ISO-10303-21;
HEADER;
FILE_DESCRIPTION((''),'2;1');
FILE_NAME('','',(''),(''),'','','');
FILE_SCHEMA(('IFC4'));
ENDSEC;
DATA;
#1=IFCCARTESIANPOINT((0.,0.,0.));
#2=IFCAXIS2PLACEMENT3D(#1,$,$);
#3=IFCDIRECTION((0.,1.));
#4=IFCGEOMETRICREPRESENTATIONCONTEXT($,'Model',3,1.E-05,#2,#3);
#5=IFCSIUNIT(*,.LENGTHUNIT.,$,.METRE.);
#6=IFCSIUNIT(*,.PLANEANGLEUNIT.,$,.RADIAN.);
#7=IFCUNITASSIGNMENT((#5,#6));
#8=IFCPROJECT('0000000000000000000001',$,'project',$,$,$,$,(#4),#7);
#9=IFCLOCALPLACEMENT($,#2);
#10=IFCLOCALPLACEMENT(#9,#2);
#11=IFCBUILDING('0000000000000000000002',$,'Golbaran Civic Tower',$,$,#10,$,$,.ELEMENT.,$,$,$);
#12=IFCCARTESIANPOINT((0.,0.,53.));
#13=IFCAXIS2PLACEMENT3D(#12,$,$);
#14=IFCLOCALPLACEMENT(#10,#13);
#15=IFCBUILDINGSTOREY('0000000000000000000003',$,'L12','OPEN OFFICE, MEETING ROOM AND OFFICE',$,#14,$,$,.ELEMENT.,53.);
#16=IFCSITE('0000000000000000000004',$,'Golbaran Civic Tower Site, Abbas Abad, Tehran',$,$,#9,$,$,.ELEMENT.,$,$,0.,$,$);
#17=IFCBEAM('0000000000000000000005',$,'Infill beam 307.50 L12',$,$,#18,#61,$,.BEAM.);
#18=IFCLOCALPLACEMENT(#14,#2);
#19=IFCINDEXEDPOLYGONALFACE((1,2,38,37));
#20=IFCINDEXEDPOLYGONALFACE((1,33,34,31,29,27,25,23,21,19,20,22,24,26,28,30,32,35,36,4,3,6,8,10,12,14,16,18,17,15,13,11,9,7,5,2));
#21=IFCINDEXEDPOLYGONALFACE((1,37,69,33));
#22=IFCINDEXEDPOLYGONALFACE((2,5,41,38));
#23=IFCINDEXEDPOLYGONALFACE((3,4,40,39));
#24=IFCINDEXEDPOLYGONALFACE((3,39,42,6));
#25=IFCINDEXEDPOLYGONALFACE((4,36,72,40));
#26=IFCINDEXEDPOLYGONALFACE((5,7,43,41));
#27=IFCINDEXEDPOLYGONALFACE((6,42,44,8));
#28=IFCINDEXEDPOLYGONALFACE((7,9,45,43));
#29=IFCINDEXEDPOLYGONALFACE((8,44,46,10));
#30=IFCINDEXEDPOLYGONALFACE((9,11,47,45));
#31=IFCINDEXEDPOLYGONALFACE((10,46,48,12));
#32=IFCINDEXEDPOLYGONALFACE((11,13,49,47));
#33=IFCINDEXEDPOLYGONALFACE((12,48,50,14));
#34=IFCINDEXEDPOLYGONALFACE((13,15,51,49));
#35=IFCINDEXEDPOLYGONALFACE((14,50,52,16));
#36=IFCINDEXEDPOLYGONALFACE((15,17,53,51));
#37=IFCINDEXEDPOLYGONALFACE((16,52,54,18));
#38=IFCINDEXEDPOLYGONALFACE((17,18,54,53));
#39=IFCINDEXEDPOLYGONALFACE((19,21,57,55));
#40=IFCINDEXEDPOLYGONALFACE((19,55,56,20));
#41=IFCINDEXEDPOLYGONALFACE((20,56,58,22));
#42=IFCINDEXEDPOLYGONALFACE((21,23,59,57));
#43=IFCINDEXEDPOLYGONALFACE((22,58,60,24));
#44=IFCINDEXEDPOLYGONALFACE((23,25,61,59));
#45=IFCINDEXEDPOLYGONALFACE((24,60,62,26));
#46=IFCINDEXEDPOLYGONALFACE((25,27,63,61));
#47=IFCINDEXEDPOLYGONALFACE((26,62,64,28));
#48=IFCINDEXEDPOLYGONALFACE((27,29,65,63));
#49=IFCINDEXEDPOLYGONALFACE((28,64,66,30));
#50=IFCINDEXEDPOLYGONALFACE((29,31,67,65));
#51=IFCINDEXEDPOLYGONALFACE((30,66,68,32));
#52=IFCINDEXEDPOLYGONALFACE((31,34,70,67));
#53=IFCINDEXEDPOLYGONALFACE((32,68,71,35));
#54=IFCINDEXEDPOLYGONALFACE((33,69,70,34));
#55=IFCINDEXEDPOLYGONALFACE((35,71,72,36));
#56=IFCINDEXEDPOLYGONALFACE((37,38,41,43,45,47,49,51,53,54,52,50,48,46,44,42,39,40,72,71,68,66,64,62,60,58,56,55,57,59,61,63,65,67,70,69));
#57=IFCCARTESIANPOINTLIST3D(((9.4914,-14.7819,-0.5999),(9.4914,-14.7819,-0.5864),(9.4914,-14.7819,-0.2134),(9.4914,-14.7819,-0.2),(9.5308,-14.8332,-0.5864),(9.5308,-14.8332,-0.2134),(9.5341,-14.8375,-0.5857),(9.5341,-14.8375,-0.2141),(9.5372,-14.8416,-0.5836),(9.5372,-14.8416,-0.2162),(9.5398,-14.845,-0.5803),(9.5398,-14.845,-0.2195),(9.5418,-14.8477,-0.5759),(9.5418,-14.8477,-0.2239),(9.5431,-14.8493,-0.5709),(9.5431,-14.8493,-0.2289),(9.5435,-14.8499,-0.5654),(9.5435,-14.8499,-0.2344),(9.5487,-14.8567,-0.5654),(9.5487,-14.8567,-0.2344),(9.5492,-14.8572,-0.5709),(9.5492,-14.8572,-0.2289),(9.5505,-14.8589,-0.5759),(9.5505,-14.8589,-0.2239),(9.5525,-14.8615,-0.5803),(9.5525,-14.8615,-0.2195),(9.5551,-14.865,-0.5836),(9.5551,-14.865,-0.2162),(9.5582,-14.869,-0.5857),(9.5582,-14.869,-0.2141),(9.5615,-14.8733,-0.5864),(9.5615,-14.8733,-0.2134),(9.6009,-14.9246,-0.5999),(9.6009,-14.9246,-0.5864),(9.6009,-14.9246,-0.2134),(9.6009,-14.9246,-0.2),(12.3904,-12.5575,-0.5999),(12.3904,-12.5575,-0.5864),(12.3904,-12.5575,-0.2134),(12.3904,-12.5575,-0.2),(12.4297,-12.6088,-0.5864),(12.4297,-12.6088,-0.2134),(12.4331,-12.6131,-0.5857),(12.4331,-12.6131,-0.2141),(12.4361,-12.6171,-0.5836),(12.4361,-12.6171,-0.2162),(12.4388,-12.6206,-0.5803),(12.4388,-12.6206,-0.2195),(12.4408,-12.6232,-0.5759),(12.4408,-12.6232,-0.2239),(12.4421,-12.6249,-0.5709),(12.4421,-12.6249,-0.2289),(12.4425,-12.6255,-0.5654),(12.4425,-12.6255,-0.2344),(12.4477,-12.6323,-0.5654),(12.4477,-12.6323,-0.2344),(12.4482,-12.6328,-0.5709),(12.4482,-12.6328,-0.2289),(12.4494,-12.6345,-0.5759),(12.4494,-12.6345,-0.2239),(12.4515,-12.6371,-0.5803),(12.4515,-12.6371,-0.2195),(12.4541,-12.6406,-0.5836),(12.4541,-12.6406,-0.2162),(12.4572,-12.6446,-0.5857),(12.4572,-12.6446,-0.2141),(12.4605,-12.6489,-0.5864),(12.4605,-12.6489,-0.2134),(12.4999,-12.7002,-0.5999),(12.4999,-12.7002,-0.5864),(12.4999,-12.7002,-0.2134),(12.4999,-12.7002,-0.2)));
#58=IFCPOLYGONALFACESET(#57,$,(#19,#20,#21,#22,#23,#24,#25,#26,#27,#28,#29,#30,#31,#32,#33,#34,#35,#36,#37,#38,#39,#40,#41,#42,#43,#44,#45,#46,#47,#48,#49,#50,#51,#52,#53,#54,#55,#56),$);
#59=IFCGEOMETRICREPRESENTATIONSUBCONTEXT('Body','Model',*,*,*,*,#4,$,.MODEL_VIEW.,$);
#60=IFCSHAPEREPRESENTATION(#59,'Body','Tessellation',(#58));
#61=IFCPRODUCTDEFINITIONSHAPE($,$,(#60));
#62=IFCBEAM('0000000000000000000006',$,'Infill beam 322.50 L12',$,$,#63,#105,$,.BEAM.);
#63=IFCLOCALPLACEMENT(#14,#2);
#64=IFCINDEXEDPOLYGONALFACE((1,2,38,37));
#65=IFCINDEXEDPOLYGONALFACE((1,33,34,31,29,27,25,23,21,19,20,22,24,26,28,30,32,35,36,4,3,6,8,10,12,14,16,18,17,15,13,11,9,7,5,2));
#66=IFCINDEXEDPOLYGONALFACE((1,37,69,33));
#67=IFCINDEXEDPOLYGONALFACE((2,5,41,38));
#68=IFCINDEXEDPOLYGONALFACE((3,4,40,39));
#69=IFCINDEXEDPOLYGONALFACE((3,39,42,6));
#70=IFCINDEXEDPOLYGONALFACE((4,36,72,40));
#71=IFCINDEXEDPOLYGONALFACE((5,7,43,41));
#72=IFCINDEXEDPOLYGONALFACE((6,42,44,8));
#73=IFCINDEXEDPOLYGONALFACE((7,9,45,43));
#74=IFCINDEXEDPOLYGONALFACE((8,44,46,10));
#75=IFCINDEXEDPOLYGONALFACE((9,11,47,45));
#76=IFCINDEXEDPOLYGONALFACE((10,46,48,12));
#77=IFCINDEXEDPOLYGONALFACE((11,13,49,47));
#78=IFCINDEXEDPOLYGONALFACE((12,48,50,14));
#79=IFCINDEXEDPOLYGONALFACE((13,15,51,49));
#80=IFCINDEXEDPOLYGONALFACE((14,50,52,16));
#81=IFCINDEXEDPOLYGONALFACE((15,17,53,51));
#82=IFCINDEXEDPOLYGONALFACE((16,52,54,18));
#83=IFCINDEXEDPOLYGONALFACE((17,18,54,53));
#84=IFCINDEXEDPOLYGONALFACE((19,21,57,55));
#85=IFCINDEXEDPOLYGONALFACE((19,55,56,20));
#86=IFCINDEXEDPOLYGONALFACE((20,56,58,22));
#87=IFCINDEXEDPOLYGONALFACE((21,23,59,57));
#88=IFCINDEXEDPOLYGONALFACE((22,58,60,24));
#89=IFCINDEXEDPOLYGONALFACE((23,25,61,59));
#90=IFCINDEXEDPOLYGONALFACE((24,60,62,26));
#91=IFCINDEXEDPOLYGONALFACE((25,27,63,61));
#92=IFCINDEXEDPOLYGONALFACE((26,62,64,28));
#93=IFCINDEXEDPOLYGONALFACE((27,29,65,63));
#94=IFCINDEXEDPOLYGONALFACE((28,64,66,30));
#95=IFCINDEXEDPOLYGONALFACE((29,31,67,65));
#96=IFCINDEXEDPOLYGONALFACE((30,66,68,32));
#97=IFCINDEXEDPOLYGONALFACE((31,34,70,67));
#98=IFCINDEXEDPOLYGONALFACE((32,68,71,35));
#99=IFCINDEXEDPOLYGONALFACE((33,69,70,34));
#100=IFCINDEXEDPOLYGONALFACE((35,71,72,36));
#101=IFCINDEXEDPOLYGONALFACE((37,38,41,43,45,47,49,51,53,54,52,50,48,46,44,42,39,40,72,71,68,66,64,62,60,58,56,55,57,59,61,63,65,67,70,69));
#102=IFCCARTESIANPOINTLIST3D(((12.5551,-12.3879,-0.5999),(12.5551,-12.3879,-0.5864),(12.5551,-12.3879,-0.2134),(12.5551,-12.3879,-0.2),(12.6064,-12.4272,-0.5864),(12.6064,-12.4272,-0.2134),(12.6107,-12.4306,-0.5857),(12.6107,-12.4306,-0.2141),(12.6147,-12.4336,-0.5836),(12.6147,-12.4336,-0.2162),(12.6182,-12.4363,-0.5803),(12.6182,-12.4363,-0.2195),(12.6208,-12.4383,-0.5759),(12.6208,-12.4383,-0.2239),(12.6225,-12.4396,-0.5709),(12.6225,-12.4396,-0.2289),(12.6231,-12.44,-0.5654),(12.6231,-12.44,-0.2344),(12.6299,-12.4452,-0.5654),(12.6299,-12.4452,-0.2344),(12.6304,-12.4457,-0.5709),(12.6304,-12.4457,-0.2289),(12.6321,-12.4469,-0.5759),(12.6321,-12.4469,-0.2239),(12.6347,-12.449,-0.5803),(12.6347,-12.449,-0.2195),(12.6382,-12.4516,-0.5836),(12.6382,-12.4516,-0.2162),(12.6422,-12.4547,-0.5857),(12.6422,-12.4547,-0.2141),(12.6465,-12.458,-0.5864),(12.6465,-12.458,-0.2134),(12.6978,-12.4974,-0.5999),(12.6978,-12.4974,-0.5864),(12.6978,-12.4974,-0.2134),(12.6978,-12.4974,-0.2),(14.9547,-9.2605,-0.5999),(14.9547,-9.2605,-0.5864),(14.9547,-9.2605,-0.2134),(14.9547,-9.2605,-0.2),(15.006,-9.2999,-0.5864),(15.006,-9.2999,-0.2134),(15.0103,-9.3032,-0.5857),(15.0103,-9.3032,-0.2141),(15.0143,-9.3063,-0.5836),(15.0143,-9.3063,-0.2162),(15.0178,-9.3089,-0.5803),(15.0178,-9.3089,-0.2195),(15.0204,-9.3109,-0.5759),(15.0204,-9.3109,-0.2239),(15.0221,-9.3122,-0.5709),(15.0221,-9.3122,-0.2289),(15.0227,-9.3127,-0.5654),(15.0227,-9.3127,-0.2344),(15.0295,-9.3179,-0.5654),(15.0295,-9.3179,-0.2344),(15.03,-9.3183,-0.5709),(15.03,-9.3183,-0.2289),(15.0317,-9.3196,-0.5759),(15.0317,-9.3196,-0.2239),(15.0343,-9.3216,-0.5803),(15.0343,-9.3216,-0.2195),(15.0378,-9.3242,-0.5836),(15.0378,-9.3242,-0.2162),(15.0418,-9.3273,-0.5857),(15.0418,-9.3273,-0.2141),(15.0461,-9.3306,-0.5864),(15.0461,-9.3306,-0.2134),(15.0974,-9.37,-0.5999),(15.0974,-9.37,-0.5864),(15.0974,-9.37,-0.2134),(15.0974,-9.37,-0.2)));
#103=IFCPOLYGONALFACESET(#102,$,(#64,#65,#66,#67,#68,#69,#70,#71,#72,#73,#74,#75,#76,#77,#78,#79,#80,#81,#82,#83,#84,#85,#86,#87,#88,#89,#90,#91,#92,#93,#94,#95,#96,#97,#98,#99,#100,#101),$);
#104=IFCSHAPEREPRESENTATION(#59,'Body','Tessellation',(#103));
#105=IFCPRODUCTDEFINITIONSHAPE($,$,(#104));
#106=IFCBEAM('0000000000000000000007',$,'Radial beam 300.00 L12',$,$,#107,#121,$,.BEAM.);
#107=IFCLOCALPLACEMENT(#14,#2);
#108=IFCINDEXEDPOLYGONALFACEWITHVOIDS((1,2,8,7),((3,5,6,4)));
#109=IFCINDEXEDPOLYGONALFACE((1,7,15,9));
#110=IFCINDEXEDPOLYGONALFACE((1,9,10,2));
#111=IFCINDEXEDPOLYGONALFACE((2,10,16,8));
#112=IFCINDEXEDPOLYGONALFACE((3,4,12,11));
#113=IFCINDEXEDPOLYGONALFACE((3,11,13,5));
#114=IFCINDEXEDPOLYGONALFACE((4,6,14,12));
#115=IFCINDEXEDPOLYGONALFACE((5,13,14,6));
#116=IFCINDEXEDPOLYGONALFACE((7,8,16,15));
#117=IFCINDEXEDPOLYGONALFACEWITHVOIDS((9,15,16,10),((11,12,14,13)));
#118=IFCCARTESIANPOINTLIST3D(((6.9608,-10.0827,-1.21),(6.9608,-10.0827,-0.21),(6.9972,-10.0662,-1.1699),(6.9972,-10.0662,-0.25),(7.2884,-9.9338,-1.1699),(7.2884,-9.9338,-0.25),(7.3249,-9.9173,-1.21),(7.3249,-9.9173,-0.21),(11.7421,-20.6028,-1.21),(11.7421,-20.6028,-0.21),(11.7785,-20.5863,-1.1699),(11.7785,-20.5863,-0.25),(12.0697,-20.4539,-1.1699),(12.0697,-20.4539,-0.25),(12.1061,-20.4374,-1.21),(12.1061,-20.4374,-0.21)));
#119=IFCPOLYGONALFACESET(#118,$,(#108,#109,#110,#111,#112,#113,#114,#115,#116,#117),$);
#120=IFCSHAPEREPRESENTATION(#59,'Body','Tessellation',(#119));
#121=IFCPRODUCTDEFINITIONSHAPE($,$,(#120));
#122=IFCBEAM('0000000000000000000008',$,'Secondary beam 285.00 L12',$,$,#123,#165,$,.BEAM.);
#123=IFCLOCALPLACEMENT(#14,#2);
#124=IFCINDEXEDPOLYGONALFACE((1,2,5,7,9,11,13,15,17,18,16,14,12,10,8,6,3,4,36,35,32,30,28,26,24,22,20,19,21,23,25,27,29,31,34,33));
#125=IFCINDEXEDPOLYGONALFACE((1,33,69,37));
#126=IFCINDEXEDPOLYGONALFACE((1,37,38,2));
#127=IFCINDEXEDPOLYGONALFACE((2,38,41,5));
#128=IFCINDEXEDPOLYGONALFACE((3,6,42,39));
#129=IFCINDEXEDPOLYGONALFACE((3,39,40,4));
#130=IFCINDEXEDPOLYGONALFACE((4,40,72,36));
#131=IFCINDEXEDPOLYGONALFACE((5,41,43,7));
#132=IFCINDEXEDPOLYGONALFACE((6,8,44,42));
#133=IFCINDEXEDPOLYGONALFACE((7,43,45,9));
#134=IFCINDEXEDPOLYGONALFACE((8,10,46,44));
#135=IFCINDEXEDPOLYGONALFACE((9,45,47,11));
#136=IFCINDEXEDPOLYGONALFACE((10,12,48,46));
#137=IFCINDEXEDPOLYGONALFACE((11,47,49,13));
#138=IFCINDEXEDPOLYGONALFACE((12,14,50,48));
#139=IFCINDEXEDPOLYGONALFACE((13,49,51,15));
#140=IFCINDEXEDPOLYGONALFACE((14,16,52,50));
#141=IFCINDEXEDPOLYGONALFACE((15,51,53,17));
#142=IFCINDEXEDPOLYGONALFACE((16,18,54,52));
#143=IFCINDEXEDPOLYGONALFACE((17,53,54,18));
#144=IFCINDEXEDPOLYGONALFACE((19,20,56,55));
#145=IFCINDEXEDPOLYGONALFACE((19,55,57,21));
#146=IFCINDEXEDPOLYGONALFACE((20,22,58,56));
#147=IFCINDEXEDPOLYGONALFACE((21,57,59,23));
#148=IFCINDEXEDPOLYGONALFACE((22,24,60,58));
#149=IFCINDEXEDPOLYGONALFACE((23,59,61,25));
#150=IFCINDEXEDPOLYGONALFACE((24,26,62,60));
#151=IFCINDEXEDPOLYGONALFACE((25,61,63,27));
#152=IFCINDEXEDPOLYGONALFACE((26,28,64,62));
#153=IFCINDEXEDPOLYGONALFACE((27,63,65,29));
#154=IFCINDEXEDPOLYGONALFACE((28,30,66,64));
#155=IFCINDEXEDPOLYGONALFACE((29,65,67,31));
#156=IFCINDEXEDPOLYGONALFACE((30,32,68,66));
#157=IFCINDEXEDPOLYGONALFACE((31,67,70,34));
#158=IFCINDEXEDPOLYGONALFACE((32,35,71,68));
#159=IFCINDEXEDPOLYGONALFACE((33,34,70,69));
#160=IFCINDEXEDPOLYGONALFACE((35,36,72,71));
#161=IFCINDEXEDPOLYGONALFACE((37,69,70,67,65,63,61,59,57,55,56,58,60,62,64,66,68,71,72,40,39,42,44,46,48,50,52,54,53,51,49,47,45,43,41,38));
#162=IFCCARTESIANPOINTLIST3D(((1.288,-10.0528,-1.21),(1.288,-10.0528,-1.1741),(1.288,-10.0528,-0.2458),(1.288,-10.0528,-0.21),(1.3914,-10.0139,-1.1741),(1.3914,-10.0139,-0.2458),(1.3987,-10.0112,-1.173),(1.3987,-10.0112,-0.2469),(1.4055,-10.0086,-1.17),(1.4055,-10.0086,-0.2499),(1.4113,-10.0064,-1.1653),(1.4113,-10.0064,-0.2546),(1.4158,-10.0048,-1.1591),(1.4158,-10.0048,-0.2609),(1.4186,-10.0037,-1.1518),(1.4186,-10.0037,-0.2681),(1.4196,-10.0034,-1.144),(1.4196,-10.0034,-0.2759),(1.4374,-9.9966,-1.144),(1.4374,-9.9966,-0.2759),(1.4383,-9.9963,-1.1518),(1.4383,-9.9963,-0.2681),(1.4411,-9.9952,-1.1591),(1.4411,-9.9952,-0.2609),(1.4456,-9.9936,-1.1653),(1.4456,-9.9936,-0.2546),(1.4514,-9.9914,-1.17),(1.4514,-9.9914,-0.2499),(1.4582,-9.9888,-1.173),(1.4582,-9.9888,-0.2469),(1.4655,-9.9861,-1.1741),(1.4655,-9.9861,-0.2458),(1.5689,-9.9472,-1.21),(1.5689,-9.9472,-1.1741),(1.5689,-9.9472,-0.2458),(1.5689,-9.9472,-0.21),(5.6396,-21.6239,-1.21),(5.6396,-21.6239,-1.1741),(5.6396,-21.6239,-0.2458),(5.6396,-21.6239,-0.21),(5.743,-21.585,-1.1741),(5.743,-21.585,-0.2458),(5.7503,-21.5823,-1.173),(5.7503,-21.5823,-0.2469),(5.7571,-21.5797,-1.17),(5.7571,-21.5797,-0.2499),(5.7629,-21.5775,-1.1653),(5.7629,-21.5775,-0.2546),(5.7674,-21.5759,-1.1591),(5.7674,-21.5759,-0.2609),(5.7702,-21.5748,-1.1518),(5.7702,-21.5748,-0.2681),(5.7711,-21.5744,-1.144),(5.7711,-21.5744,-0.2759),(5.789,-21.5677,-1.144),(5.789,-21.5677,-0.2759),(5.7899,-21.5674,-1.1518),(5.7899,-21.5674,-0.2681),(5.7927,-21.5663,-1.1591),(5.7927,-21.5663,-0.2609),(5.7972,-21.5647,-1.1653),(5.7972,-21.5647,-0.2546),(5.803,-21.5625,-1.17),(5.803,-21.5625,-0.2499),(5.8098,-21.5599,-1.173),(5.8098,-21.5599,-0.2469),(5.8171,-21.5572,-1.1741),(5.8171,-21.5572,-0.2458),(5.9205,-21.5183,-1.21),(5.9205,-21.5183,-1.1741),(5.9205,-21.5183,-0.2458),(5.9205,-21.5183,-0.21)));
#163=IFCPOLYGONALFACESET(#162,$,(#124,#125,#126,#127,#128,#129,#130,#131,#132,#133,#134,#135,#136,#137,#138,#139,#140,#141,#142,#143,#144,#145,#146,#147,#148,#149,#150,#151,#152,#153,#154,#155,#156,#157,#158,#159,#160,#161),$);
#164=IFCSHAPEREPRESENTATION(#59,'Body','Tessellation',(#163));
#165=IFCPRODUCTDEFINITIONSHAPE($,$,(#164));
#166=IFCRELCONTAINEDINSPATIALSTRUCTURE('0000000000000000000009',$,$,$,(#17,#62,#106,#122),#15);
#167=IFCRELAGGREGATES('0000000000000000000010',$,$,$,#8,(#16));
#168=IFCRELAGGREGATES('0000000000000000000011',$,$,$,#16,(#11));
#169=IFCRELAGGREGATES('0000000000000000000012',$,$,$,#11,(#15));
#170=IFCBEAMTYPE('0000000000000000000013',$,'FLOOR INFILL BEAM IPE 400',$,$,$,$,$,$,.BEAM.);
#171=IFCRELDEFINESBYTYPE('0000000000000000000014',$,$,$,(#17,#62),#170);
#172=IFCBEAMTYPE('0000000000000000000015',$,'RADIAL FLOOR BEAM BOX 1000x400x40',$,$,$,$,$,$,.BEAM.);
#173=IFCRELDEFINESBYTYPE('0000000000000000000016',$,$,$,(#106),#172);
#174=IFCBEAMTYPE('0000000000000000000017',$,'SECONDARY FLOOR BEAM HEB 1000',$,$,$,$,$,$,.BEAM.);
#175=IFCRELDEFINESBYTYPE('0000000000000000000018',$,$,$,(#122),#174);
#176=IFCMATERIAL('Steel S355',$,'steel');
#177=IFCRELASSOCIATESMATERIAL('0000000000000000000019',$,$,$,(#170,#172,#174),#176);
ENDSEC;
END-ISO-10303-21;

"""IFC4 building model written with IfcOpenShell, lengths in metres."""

from ifc_helpers import new_model, si_unit, direction, frame, origin, origin_2d, place, context, subcontext, project, spatial, hollow_rectangle, i_section, extrude, material, material_profile, profile_set, type_object, element, save


model = new_model("IFC4")

# Units and contexts
model_context = context("Model", 3, precision=1e-05, world=origin(), true_north=direction((0.0, 1.0)))
body_context = subcontext(model_context, "Body", "Model", "MODEL_VIEW")
ifc_project = project(units=[si_unit("LENGTHUNIT", "METRE"), si_unit("PLANEANGLEUNIT", "RADIAN")], contexts=[model_context])

# Site, building, storey
site_placement = place(None, origin())
site = spatial("IfcSite", under=ifc_project, at=site_placement, Name="Golbaran Civic Tower Site, Abbas Abad, Tehran", CompositionType="ELEMENT", RefElevation=0.0)
building_placement = place(site_placement, origin())
building = spatial("IfcBuilding", under=site, at=building_placement, Name="Golbaran Civic Tower", CompositionType="ELEMENT")
storey_placement = place(building_placement, frame((0.0, 0.0, 53.0)))
storey = spatial("IfcBuildingStorey", under=building, at=storey_placement, Name="L12", Description="OPEN OFFICE, MEETING ROOM AND OFFICE", CompositionType="ELEMENT", Elevation=53.0)

# Beams
ifc_material_1 = material(Name="Steel S355", Category="steel")
ifc_material_profile_1 = material_profile(ifc_material_1, i_section(OverallWidth=0.1799, OverallDepth=0.3999, WebThickness=0.0085, FlangeThickness=0.0134, FilletRadius=0.021, at=origin_2d()), Name="IPE 400")
ifc_profile_set_1 = profile_set([ifc_material_profile_1], Name="Steel S355")
beam_type_1 = type_object("IfcBeamType", Name="FLOOR INFILL BEAM IPE 400", PredefinedType="BEAM", material=ifc_profile_set_1)
beam_1_placement = place(storey_placement, frame((9.5461, -14.8533, -0.3999), z_axis=(0.793361, 0.608751, 0.0), x_axis=(-0.608751, 0.793361, 0.0)))
element("IfcBeam", 1, at=beam_1_placement, inside=storey, type_object=beam_type_1, Name="Infill beam 307.50 L12", PredefinedType="BEAM", context=body_context, shape_type="SweptSolid", body=[
    extrude(i_section(OverallWidth=0.1799, OverallDepth=0.3999, WebThickness=0.0085, FlangeThickness=0.0134, FilletRadius=0.021, at=origin_2d()), origin(), (0.0, 0.0, 1.0), 3.6541),
])
beam_2_placement = place(storey_placement, frame((12.6265, -12.4426, -0.3999), z_axis=(0.608744, 0.793367, 0.0), x_axis=(-0.793367, 0.608744, 0.0)))
element("IfcBeam", 2, at=beam_2_placement, inside=storey, type_object=beam_type_1, Name="Infill beam 322.50 L12", PredefinedType="BEAM", context=body_context, shape_type="SweptSolid", body=[
    extrude(i_section(OverallWidth=0.1799, OverallDepth=0.3999, WebThickness=0.0085, FlangeThickness=0.0134, FilletRadius=0.021, at=origin_2d()), origin(), (0.0, 0.0, 1.0), 3.9419),
])
ifc_material_profile_2 = material_profile(ifc_material_1, hollow_rectangle(XDim=0.3999, YDim=1.0, WallThickness=0.04, at=origin_2d()), Name="BOX 1000x400x40")
ifc_profile_set_2 = profile_set([ifc_material_profile_2], Name="Steel S355")
beam_type_2 = type_object("IfcBeamType", Name="RADIAL FLOOR BEAM BOX 1000x400x40", PredefinedType="BEAM", material=ifc_profile_set_2)
beam_3_placement = place(storey_placement, frame((7.1428, -10.0, -0.71), z_axis=(0.413762, -0.910385, 0.0), x_axis=(0.910385, 0.413762, 0.0)))
element("IfcBeam", 3, at=beam_3_placement, inside=storey, type_object=beam_type_2, Name="Radial beam 300.00 L12", PredefinedType="BEAM", context=body_context, shape_type="SweptSolid", body=[
    extrude(hollow_rectangle(XDim=0.3999, YDim=1.0, WallThickness=0.04, at=origin_2d()), origin(), (0.0, 0.0, 1.0), 11.5557),
])
ifc_material_profile_3 = material_profile(ifc_material_1, i_section(OverallWidth=0.3, OverallDepth=1.0, WebThickness=0.019, FlangeThickness=0.0359, FilletRadius=0.03, at=origin_2d()), Name="HEB 1000")
ifc_profile_set_3 = profile_set([ifc_material_profile_3], Name="Steel S355")
beam_type_3 = type_object("IfcBeamType", Name="SECONDARY FLOOR BEAM HEB 1000", PredefinedType="BEAM", material=ifc_profile_set_3)
beam_4_placement = place(storey_placement, frame((1.4285, -10.0, -0.71), z_axis=(0.352004, -0.935998, 0.0), x_axis=(0.935998, 0.352004, 0.0)))
element("IfcBeam", 4, at=beam_4_placement, inside=storey, type_object=beam_type_3, Name="Secondary beam 285.00 L12", PredefinedType="BEAM", context=body_context, shape_type="SweptSolid", body=[
    extrude(i_section(OverallWidth=0.3, OverallDepth=1.0, WebThickness=0.019, FlangeThickness=0.0359, FilletRadius=0.03, at=origin_2d()), origin(), (0.0, 0.0, 1.0), 12.3623),
])

save(model, "model.ifc")
